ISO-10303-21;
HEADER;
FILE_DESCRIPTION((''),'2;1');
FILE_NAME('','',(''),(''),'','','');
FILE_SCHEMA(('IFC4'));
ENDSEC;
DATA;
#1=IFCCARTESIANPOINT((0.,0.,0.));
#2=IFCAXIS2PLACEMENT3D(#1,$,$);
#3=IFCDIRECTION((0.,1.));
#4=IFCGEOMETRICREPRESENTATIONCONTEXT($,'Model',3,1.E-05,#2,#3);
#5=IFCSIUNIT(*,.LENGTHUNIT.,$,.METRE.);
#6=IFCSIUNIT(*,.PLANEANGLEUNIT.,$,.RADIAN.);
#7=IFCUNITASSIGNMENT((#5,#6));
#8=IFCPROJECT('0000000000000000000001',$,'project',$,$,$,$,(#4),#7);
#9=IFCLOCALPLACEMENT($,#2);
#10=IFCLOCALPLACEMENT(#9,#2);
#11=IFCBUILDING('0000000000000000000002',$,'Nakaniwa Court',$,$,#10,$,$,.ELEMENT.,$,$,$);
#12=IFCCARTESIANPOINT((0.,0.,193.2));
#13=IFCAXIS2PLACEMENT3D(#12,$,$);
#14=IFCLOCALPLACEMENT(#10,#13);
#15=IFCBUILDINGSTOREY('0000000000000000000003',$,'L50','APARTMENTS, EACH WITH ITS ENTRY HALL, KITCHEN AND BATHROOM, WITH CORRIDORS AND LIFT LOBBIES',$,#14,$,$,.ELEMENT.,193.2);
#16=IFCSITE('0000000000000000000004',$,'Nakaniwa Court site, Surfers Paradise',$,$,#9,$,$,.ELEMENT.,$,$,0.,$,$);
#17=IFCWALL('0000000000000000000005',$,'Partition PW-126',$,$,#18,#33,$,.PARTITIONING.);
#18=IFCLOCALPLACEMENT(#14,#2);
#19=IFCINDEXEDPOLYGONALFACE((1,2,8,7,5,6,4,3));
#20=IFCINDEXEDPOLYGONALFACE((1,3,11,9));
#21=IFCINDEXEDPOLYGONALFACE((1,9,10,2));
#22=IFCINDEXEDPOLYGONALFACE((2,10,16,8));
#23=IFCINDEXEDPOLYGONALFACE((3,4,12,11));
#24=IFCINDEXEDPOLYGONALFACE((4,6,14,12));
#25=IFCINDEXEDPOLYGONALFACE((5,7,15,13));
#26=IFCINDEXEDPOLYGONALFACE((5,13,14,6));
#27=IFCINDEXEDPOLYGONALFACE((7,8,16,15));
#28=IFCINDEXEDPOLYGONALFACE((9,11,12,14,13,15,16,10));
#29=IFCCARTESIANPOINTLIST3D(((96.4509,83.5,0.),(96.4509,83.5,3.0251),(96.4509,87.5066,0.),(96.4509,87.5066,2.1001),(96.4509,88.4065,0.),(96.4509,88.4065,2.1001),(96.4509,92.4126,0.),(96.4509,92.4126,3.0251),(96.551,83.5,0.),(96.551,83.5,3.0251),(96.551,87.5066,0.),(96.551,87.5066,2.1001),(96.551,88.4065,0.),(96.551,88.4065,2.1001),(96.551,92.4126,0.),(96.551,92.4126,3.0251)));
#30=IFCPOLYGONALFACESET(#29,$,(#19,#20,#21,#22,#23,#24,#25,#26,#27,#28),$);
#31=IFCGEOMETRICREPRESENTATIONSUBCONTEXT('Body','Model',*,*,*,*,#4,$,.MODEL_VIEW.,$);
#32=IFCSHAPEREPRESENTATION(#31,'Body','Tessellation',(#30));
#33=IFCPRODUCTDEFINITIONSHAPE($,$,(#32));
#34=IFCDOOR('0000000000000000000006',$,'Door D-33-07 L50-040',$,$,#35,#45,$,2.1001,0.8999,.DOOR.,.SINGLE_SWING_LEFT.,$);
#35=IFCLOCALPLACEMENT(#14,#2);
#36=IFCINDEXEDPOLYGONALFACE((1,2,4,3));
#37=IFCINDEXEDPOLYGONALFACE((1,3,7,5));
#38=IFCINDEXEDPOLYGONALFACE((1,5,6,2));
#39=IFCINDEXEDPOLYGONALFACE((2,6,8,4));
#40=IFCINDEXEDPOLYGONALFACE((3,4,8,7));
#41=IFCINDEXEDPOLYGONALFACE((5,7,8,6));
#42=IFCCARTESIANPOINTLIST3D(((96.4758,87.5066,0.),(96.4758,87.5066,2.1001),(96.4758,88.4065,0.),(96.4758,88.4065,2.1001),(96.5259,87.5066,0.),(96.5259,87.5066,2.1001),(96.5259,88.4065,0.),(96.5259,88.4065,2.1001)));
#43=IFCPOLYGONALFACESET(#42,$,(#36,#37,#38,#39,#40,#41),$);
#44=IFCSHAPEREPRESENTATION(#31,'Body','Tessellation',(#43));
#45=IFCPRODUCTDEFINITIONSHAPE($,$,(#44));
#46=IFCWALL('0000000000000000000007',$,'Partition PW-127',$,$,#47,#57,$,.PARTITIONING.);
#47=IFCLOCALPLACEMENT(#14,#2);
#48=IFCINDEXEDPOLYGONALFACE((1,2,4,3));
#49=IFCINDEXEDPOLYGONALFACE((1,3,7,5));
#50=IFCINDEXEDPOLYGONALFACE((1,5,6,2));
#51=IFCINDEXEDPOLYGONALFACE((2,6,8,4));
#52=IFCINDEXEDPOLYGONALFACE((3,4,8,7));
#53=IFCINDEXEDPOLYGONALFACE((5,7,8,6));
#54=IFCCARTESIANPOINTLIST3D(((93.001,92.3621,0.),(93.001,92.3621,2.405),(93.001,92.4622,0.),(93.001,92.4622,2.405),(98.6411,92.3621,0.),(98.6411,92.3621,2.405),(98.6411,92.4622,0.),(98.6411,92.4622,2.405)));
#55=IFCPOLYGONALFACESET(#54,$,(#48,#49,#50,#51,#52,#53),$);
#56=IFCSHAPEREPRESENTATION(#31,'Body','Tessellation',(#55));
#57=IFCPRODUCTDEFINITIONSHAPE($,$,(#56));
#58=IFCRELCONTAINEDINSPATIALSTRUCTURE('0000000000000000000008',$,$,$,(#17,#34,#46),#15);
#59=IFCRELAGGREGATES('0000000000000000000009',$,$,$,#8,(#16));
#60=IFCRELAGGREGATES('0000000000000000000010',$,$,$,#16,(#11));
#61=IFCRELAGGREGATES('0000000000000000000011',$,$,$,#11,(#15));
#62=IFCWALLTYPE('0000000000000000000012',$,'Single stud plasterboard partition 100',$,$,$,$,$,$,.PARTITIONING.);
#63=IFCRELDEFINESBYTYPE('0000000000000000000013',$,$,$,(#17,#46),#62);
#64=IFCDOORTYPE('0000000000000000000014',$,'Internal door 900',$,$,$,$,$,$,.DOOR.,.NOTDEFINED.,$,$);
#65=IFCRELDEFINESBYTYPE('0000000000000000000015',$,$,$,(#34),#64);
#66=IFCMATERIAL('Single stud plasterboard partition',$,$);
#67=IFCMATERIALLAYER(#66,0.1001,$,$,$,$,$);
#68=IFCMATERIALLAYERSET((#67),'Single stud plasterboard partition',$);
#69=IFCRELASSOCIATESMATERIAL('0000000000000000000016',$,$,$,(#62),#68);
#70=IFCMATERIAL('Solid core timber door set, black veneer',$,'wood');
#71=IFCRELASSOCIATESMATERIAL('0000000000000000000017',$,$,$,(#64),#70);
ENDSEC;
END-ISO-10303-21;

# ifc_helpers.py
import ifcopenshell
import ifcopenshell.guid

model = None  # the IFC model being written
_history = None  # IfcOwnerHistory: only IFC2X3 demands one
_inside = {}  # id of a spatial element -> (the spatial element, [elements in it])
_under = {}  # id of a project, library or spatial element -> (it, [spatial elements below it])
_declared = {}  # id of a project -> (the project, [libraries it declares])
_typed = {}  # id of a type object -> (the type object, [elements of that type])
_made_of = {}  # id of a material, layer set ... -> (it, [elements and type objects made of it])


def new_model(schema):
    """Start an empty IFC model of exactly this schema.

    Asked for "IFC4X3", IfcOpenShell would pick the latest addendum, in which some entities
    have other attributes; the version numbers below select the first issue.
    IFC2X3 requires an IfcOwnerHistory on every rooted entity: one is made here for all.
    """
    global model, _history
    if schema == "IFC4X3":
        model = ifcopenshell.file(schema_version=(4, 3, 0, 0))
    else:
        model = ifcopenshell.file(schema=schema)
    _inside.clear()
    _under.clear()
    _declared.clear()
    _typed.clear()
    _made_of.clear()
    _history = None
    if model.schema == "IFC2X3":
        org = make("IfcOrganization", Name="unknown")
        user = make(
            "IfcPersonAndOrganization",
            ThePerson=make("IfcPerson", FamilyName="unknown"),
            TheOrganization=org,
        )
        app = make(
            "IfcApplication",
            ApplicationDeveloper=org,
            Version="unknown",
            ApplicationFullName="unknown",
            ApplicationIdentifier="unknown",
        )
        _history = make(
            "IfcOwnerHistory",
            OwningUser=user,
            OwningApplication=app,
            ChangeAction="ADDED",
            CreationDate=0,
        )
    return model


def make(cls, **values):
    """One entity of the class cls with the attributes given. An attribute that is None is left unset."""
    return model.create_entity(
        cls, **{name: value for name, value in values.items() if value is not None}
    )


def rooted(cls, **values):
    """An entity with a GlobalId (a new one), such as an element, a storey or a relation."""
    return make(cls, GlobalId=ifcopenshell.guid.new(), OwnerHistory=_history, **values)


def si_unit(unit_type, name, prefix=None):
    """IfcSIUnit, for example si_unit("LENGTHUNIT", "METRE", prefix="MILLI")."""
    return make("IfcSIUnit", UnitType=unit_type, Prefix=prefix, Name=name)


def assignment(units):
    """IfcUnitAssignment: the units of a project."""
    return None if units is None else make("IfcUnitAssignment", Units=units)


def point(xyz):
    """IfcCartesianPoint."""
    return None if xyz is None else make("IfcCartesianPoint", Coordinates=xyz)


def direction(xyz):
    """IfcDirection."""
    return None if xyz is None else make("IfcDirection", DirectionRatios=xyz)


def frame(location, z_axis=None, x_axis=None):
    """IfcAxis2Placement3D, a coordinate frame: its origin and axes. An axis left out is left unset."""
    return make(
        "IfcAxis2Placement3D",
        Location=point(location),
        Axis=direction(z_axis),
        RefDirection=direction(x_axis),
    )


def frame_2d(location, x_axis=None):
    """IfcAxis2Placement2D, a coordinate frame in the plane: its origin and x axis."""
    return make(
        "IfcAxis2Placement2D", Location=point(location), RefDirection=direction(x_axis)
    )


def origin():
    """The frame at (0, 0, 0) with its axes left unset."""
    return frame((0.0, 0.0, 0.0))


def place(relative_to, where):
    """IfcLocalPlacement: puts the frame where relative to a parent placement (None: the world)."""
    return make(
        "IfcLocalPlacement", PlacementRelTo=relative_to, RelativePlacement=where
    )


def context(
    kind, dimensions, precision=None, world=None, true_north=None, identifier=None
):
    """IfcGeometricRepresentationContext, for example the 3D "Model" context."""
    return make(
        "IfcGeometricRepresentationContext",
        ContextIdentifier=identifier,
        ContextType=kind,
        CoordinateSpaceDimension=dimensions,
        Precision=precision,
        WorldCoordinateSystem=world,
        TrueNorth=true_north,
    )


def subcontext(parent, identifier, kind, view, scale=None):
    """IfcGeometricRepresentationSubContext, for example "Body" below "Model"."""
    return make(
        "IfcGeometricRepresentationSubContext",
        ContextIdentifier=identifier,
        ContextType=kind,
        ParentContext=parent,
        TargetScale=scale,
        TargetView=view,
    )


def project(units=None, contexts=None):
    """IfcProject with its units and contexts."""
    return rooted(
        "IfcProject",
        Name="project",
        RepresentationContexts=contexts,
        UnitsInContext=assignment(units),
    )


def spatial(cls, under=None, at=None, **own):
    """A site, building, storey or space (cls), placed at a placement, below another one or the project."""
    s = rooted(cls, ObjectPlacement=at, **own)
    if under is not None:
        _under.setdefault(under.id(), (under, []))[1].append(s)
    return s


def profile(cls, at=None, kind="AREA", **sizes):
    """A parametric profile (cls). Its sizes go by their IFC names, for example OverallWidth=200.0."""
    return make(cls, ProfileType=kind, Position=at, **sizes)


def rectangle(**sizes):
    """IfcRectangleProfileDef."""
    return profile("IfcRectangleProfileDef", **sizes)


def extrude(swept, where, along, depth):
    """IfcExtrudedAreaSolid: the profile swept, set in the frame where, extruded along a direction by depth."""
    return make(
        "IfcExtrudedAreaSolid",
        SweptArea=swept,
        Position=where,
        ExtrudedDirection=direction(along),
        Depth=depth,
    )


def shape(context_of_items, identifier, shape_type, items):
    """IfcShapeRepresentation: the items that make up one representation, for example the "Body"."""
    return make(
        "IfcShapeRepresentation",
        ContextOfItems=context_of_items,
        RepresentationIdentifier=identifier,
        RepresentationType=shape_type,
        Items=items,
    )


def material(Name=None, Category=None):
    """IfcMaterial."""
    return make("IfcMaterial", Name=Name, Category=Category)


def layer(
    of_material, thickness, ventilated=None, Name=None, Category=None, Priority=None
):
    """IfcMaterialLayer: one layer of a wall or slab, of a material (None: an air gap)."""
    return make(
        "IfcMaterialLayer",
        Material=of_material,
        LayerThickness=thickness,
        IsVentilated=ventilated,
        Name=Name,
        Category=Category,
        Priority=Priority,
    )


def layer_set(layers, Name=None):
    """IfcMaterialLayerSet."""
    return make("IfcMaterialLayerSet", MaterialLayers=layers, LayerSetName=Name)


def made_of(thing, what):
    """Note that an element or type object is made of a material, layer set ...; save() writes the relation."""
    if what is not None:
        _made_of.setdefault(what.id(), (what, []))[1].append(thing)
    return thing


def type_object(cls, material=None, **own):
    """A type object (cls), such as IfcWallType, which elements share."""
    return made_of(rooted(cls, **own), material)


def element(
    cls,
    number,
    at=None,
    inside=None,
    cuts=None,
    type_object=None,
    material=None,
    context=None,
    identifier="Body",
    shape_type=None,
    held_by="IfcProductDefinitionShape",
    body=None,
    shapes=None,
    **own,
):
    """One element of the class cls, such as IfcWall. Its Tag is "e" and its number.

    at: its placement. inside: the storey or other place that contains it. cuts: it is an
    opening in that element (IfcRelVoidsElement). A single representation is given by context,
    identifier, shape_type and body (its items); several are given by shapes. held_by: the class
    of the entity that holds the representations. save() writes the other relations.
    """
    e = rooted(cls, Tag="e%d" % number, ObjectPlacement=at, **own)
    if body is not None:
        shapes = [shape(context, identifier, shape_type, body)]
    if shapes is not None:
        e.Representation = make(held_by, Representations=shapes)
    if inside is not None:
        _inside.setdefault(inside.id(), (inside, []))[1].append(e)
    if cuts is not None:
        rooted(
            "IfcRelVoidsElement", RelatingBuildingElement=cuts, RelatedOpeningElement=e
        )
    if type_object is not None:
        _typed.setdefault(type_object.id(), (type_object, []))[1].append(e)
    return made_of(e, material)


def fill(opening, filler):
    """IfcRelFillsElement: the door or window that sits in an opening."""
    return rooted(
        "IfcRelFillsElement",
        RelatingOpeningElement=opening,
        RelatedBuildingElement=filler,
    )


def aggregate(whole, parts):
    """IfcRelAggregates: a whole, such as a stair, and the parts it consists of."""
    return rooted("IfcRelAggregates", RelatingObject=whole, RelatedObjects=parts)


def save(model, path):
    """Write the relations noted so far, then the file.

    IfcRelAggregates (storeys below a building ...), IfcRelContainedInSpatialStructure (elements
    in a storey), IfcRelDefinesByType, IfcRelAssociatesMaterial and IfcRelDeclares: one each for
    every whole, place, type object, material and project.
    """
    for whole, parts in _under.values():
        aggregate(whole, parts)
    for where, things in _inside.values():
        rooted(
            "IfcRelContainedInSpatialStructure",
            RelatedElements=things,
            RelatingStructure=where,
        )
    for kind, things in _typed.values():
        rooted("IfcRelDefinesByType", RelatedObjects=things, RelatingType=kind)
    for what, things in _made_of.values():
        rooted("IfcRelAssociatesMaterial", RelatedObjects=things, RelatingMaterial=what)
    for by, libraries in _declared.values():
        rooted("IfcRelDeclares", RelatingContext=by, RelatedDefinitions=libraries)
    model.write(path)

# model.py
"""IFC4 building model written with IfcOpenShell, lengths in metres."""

from ifc_helpers import new_model, si_unit, direction, frame, frame_2d, origin, place, context, subcontext, project, spatial, rectangle, extrude, material, layer, layer_set, type_object, element, fill, save


model = new_model("IFC4")

# Units and contexts
model_context = context("Model", 3, precision=1e-05, world=origin(), true_north=direction((0.0, 1.0)))
body_context = subcontext(model_context, "Body", "Model", "MODEL_VIEW")
ifc_project = project(units=[si_unit("LENGTHUNIT", "METRE"), si_unit("PLANEANGLEUNIT", "RADIAN")], contexts=[model_context])

# Site, building, storey
site_placement = place(None, origin())
site = spatial("IfcSite", under=ifc_project, at=site_placement, Name="Nakaniwa Court site, Surfers Paradise", CompositionType="ELEMENT", RefElevation=0.0)
building_placement = place(site_placement, origin())
building = spatial("IfcBuilding", under=site, at=building_placement, Name="Nakaniwa Court", CompositionType="ELEMENT")
storey_placement = place(building_placement, frame((0.0, 0.0, 193.2)))
storey = spatial("IfcBuildingStorey", under=building, at=storey_placement, Name="L50", Description="APARTMENTS, EACH WITH ITS ENTRY HALL, KITCHEN AND BATHROOM, WITH CORRIDORS AND LIFT LOBBIES", CompositionType="ELEMENT", Elevation=193.2)

# Shared definitions
ifc_material_1 = material(Name="Solid core timber door set, black veneer", Category="wood")

# Wall, opening, door
ifc_material_2 = material(Name="Single stud plasterboard partition")
ifc_layer_1 = layer(ifc_material_2, 0.1001)
ifc_layer_set_1 = layer_set([ifc_layer_1], Name="Single stud plasterboard partition")
wall_type_1 = type_object("IfcWallType", Name="Single stud plasterboard partition 100", PredefinedType="PARTITIONING", material=ifc_layer_set_1)
wall_1_placement = place(storey_placement, frame((96.501, 92.4126, 0.0), z_axis=(0.0, 0.0, 1.0), x_axis=(0.0, -1.0, 0.0)))
wall_1 = element("IfcWall", 1, at=wall_1_placement, inside=storey, type_object=wall_type_1, Name="Partition PW-126", PredefinedType="PARTITIONING", context=body_context, shape_type="SweptSolid", body=[
    extrude(rectangle(XDim=8.9126, YDim=0.1001, at=frame_2d((4.4563, 0.0))), origin(), (0.0, 0.0, 1.0), 3.0251),
])
opening_1_placement = place(wall_1_placement, frame((4.0061, 0.0, 0.0)))
opening_1 = element("IfcOpeningElement", 2, at=opening_1_placement, cuts=wall_1, PredefinedType="OPENING", context=body_context, shape_type="SweptSolid", body=[
    extrude(rectangle(XDim=0.8999, YDim=2.1001, at=frame_2d((0.45, 1.05))), frame((0.0, 0.0601, 0.0), z_axis=(0.0, -1.0, 0.0), x_axis=(1.0, 0.0, 0.0)), (0.0, 0.0, 1.0), 0.1201),
])
door_type_1 = type_object("IfcDoorType", Name="Internal door 900", OperationType="NOTDEFINED", PredefinedType="DOOR", material=ifc_material_1)
door_1_placement = place(opening_1_placement, origin())
door_1 = element("IfcDoor", 3, at=door_1_placement, inside=storey, type_object=door_type_1, Name="Door D-33-07 L50-040", OperationType="SINGLE_SWING_LEFT", OverallHeight=2.1001, OverallWidth=0.8999, PredefinedType="DOOR", context=body_context, shape_type="SweptSolid", body=[
    extrude(rectangle(XDim=0.8999, YDim=2.1001, at=frame_2d((0.45, 1.05))), frame((0.0, 0.0249, 0.0), z_axis=(0.0, -1.0, 0.0), x_axis=(1.0, 0.0, 0.0)), (0.0, 0.0, 1.0), 0.05),
])
fill(opening_1, door_1)

# Wall
wall_2_placement = place(storey_placement, frame((93.001, 92.4121, 0.0), z_axis=(0.0, 0.0, 1.0), x_axis=(1.0, 0.0, 0.0)))
element("IfcWall", 4, at=wall_2_placement, inside=storey, type_object=wall_type_1, Name="Partition PW-127", PredefinedType="PARTITIONING", context=body_context, shape_type="SweptSolid", body=[
    extrude(rectangle(XDim=5.6401, YDim=0.1001, at=frame_2d((2.8201, 0.0))), origin(), (0.0, 0.0, 1.0), 2.405),
])

save(model, "model.ifc")
